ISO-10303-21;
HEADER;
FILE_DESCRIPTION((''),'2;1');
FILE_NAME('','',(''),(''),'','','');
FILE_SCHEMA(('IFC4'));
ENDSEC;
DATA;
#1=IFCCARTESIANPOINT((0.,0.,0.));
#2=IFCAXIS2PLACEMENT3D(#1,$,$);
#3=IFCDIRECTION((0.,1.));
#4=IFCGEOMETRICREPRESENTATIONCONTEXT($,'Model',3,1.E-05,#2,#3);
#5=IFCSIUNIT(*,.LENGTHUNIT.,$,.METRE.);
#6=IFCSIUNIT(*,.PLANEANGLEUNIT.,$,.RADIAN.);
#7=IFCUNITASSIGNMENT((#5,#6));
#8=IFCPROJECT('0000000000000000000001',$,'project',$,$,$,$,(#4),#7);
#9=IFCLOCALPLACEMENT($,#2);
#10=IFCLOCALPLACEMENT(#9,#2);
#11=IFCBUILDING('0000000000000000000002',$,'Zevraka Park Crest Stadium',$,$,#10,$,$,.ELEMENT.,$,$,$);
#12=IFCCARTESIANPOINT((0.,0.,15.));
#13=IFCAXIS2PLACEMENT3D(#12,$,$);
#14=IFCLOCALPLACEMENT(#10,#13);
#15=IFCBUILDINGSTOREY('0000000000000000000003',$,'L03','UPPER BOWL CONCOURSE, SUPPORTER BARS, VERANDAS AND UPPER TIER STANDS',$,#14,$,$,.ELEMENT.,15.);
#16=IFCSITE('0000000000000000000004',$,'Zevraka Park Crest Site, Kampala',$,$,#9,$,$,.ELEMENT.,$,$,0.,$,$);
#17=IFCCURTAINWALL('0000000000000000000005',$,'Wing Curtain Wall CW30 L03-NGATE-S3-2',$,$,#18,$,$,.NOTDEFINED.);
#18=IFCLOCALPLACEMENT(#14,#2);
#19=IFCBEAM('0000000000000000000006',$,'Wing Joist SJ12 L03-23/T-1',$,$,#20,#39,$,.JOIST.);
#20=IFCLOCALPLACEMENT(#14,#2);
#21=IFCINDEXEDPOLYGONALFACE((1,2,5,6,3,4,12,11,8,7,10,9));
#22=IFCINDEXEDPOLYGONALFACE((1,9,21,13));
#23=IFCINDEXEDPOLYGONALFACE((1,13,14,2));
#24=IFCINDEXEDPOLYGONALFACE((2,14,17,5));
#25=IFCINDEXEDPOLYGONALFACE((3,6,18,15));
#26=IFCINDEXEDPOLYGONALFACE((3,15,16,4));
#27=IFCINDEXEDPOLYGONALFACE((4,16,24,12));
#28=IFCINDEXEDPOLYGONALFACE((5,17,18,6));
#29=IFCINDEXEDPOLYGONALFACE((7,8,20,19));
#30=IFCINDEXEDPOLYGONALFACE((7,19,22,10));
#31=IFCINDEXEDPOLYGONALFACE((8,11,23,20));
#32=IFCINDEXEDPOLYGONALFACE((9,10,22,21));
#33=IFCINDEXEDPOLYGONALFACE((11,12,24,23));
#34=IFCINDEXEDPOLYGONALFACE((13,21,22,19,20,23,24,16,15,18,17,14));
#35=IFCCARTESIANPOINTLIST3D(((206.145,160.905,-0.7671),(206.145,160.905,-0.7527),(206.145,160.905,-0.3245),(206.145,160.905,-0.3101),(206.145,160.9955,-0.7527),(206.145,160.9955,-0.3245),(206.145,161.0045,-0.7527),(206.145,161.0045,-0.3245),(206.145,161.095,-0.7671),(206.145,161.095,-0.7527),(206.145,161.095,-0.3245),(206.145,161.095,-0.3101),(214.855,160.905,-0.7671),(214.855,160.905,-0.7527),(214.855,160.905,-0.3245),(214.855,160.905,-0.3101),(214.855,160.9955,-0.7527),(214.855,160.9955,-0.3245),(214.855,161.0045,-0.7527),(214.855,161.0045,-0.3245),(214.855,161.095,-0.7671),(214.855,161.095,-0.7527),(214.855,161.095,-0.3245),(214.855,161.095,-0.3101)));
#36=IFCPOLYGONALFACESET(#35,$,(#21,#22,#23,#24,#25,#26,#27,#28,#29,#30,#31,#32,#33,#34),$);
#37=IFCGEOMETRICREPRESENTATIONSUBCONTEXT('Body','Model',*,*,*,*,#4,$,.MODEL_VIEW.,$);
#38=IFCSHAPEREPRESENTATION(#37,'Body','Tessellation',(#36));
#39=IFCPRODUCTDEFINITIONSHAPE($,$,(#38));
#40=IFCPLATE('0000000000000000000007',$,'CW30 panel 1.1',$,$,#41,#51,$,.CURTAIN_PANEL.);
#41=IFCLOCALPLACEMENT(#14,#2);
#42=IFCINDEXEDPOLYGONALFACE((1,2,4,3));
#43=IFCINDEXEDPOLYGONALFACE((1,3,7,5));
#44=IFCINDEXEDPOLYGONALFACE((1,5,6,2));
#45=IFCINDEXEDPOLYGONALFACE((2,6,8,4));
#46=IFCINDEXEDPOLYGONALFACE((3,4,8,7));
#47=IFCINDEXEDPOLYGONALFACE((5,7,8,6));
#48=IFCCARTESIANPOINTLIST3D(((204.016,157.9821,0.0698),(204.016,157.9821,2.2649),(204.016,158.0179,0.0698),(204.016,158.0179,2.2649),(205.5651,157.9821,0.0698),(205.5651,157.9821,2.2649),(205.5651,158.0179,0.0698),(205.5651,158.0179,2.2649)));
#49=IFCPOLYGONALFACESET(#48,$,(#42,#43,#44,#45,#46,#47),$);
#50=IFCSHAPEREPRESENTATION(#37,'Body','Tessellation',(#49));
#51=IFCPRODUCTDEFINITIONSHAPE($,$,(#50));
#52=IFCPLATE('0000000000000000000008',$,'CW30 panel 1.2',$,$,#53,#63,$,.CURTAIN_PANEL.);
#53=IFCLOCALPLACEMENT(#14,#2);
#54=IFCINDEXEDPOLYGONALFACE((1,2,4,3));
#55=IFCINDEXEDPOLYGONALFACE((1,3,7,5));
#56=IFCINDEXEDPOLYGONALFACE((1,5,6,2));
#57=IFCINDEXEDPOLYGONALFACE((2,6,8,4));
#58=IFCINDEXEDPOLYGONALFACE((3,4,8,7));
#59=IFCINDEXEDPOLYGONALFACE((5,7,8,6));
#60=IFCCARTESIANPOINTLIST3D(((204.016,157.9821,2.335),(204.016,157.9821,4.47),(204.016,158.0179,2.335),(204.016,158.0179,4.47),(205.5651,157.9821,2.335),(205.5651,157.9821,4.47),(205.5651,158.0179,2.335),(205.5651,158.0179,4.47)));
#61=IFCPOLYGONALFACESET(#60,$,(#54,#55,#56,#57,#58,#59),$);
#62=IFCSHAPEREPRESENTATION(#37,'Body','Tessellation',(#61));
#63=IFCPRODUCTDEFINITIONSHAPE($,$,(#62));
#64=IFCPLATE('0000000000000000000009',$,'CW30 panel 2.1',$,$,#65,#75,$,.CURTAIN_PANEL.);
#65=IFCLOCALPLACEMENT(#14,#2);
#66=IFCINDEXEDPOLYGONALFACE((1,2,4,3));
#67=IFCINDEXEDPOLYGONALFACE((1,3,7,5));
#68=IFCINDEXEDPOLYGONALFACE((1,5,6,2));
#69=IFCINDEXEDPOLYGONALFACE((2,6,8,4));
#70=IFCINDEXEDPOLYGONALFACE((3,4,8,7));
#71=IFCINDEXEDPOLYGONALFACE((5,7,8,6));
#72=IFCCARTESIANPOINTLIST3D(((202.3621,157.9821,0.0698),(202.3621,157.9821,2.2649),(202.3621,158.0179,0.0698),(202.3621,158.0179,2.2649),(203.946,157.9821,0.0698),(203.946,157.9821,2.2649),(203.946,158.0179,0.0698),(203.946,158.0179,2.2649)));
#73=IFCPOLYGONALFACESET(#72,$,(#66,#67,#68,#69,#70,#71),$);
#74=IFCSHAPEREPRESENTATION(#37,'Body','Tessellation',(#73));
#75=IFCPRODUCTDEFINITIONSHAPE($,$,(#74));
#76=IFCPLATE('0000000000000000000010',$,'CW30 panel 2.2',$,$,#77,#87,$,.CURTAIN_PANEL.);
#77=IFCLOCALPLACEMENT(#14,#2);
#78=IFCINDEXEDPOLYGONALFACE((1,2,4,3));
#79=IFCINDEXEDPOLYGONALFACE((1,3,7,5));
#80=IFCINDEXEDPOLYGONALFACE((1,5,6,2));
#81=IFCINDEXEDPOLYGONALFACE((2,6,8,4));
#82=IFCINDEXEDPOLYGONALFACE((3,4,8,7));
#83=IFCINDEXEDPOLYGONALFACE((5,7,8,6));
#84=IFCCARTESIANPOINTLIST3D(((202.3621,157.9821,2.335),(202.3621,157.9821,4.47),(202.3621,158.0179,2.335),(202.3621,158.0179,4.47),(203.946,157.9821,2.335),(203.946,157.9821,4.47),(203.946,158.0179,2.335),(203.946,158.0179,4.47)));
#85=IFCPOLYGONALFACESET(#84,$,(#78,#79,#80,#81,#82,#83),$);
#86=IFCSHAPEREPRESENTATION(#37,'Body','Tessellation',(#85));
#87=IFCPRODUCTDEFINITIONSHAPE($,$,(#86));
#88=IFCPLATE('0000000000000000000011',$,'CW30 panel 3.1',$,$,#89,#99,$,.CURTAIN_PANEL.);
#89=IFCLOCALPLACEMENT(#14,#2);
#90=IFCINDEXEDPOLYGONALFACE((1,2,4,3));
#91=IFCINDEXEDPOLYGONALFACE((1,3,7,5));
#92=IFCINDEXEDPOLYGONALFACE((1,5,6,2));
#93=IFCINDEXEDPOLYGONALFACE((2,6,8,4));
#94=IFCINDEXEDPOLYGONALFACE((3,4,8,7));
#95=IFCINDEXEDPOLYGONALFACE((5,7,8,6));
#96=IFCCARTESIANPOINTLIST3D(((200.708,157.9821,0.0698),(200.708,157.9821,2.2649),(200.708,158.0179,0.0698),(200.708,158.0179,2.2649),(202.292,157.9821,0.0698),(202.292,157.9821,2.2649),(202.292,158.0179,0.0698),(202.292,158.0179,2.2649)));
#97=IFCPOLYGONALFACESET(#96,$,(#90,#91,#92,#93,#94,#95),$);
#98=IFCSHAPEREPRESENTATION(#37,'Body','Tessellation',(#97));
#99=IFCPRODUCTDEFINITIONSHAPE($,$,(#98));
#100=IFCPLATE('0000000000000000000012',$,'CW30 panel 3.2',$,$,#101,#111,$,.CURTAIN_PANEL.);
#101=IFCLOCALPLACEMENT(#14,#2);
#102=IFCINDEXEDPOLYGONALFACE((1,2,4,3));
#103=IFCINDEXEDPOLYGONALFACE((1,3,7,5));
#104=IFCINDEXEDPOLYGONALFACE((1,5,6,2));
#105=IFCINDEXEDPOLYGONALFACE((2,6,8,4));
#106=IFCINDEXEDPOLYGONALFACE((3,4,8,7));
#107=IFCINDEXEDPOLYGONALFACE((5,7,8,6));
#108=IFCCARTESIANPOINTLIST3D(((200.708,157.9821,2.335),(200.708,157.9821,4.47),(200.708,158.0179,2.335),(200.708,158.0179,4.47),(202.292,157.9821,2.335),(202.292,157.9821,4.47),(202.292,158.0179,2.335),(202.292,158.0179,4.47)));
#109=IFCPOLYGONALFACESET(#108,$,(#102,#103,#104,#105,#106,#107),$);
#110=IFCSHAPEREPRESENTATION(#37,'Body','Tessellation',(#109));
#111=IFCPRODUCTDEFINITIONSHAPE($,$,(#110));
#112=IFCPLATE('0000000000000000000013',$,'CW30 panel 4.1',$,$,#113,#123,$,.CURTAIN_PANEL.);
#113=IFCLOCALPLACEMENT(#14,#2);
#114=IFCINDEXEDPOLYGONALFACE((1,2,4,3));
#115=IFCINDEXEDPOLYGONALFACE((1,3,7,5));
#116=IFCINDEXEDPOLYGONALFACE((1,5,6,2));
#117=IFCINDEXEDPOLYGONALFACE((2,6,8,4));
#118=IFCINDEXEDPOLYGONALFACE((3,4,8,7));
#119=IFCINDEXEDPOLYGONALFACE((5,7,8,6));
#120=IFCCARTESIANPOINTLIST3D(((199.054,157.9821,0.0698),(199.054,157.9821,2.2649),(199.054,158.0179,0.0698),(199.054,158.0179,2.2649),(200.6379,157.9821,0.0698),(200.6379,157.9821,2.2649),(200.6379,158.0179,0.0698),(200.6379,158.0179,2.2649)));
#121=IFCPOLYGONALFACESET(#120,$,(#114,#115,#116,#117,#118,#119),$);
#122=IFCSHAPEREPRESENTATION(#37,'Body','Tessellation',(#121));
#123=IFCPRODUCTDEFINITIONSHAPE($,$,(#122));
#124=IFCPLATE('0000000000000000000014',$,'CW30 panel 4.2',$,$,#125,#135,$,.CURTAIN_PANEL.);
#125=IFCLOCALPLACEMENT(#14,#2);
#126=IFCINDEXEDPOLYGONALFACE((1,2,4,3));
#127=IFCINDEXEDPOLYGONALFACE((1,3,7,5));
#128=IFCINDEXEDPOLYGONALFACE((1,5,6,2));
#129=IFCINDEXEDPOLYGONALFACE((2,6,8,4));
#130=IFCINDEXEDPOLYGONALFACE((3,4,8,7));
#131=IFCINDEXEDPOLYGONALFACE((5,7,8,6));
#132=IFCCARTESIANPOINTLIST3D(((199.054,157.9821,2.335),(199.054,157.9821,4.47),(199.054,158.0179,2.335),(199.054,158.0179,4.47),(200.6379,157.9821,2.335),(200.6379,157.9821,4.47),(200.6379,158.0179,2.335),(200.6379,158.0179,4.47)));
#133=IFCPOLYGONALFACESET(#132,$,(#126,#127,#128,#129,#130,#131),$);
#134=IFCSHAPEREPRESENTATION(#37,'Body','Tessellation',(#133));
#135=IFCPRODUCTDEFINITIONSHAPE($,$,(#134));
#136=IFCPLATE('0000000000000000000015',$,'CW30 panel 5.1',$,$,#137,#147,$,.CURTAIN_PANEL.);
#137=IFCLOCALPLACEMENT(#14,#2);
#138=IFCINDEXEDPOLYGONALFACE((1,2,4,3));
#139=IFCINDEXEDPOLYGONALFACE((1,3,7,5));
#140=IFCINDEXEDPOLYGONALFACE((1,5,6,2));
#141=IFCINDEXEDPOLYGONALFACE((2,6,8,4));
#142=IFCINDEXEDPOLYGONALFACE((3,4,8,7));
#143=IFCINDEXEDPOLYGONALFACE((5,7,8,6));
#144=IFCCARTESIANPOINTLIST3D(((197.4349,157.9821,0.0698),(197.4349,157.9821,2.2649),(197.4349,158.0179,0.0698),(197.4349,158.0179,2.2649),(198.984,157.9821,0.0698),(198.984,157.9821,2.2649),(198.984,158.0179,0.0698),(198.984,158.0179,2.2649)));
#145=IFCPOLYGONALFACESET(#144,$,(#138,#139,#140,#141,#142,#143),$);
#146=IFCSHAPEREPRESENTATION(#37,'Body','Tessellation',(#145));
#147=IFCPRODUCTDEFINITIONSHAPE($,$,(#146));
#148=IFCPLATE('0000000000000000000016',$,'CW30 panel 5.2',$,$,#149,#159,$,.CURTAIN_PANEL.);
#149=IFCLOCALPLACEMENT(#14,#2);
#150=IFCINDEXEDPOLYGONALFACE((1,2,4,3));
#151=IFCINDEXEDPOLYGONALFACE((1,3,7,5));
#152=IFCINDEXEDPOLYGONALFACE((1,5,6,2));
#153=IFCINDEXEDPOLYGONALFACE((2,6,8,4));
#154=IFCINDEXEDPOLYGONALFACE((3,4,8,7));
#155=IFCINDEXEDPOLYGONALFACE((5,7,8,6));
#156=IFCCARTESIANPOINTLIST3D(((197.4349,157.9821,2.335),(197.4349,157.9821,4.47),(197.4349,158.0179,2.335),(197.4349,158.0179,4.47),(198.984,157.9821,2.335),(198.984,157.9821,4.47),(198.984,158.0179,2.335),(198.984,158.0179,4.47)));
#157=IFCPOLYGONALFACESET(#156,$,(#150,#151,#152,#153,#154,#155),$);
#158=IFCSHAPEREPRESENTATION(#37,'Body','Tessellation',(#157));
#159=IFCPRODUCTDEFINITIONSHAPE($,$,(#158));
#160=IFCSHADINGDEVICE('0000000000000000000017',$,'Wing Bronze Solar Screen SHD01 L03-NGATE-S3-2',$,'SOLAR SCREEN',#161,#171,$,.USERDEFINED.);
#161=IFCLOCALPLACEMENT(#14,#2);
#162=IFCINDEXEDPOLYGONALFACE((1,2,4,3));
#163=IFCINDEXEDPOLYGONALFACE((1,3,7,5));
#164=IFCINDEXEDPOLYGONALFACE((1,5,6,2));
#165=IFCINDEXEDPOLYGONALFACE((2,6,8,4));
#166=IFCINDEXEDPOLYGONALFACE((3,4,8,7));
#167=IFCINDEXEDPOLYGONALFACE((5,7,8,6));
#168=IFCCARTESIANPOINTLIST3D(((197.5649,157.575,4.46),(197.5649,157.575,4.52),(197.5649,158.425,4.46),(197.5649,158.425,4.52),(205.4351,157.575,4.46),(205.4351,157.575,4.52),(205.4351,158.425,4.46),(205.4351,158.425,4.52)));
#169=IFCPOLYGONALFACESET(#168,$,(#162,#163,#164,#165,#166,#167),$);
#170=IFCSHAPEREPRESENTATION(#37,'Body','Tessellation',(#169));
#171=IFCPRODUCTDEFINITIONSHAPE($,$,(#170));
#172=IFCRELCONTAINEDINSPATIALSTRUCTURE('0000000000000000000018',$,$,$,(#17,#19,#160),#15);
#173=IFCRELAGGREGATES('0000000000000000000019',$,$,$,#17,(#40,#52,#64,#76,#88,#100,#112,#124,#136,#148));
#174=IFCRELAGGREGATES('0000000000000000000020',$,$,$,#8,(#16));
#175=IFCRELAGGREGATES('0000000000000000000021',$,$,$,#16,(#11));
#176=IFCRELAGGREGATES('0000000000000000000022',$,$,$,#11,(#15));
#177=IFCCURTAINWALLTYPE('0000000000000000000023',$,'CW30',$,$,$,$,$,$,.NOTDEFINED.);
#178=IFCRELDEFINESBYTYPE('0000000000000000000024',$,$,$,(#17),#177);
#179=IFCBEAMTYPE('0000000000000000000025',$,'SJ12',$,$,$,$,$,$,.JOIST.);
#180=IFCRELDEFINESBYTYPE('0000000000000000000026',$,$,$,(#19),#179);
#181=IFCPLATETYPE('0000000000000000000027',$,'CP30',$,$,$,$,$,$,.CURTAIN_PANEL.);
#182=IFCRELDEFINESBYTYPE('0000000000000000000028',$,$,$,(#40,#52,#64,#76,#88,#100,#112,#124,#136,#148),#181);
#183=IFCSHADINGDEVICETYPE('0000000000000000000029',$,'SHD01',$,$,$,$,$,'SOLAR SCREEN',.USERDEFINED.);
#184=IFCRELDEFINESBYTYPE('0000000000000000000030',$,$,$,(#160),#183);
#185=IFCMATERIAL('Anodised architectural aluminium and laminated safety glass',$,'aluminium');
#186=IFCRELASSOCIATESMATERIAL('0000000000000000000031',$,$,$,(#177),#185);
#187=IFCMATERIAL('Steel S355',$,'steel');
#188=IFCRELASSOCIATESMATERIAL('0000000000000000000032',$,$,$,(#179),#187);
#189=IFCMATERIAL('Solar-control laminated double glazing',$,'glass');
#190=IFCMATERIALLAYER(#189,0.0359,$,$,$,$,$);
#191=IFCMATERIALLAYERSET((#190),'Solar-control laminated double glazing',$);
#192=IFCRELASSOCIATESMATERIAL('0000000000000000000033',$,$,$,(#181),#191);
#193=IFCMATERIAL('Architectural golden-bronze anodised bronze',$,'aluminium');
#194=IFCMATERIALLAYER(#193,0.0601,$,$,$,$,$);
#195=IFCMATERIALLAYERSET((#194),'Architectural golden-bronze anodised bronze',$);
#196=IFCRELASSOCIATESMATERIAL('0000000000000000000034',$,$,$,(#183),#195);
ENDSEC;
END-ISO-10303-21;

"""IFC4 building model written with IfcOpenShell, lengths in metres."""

from ifc_helpers import new_model, si_unit, direction, frame, origin, origin_2d, place, context, subcontext, project, spatial, rectangle, i_section, extrude, material, layer, layer_set, material_profile, profile_set, type_object, element, aggregate, save


model = new_model("IFC4")

# Units and contexts
model_context = context("Model", 3, precision=1e-05, world=origin(), true_north=direction((0.0, 1.0)))
body_context = subcontext(model_context, "Body", "Model", "MODEL_VIEW")
ifc_project = project(units=[si_unit("LENGTHUNIT", "METRE"), si_unit("PLANEANGLEUNIT", "RADIAN")], contexts=[model_context])

# Site, building, storey
site_placement = place(None, origin())
site = spatial("IfcSite", under=ifc_project, at=site_placement, Name="Zevraka Park Crest Site, Kampala", CompositionType="ELEMENT", RefElevation=0.0)
building_placement = place(site_placement, origin())
building = spatial("IfcBuilding", under=site, at=building_placement, Name="Zevraka Park Crest Stadium", CompositionType="ELEMENT")
storey_placement = place(building_placement, frame((0.0, 0.0, 15.0)))
storey = spatial("IfcBuildingStorey", under=building, at=storey_placement, Name="L03", Description="UPPER BOWL CONCOURSE, SUPPORTER BARS, VERANDAS AND UPPER TIER STANDS", CompositionType="ELEMENT", Elevation=15.0)

# Curtain wall
ifc_material_1 = material(Name="Anodised architectural aluminium and laminated safety glass", Category="aluminium")
curtain_wall_type = type_object("IfcCurtainWallType", Name="CW30", PredefinedType="NOTDEFINED", material=ifc_material_1)
curtain_wall_placement = place(storey_placement, origin())
curtain_wall = element("IfcCurtainWall", 1, at=curtain_wall_placement, inside=storey, type_object=curtain_wall_type, Name="Wing Curtain Wall CW30 L03-NGATE-S3-2", PredefinedType="NOTDEFINED")

# Beam
ifc_material_2 = material(Name="Steel S355", Category="steel")
ifc_material_profile_1 = material_profile(ifc_material_2, i_section(OverallWidth=0.1899, OverallDepth=0.457, WebThickness=0.009, FlangeThickness=0.0144, at=origin_2d()), Name="UKB 457x191x74")
ifc_profile_set_1 = profile_set([ifc_material_profile_1], Name="Steel S355")
beam_type_1 = type_object("IfcBeamType", Name="SJ12", PredefinedType="JOIST", material=ifc_profile_set_1)
beam_1_placement = place(storey_placement, frame((206.145, 161.0, -0.5386), z_axis=(1.0, 0.0, 0.0), x_axis=(0.0, 1.0, 0.0)))
element("IfcBeam", 2, at=beam_1_placement, inside=storey, type_object=beam_type_1, Name="Wing Joist SJ12 L03-23/T-1", PredefinedType="JOIST", context=body_context, shape_type="SweptSolid", body=[
    extrude(i_section(OverallWidth=0.1899, OverallDepth=0.457, WebThickness=0.009, FlangeThickness=0.0144, at=origin_2d()), origin(), (0.0, 0.0, 1.0), 8.71),
])

# Plates
ifc_material_3 = material(Name="Solar-control laminated double glazing", Category="glass")
ifc_layer_1 = layer(ifc_material_3, 0.0359)
ifc_layer_set_1 = layer_set([ifc_layer_1], Name="Solar-control laminated double glazing")
plate_type = type_object("IfcPlateType", Name="CP30", PredefinedType="CURTAIN_PANEL", material=ifc_layer_set_1)
plate_1_placement = place(storey_placement, frame((204.7905, 158.0, 0.0698), z_axis=(0.0, 0.0, 1.0), x_axis=(-1.0, 0.0, 0.0)))
plate_1 = element("IfcPlate", 3, at=plate_1_placement, type_object=plate_type, Name="CW30 panel 1.1", PredefinedType="CURTAIN_PANEL", context=body_context, shape_type="SweptSolid", body=[
    extrude(rectangle(XDim=1.5491, YDim=0.0359, at=origin_2d()), origin(), (0.0, 0.0, 1.0), 2.1951),
])
plate_2_placement = place(storey_placement, frame((204.7905, 158.0, 2.335), z_axis=(0.0, 0.0, 1.0), x_axis=(-1.0, 0.0, 0.0)))
plate_2 = element("IfcPlate", 4, at=plate_2_placement, type_object=plate_type, Name="CW30 panel 1.2", PredefinedType="CURTAIN_PANEL", context=body_context, shape_type="SweptSolid", body=[
    extrude(rectangle(XDim=1.5491, YDim=0.0359, at=origin_2d()), origin(), (0.0, 0.0, 1.0), 2.135),
])
plate_3_placement = place(storey_placement, frame((203.1541, 158.0, 0.0698), z_axis=(0.0, 0.0, 1.0), x_axis=(-1.0, 0.0, 0.0)))
plate_3 = element("IfcPlate", 5, at=plate_3_placement, type_object=plate_type, Name="CW30 panel 2.1", PredefinedType="CURTAIN_PANEL", context=body_context, shape_type="SweptSolid", body=[
    extrude(rectangle(XDim=1.584, YDim=0.0359, at=origin_2d()), origin(), (0.0, 0.0, 1.0), 2.1951),
])
plate_4_placement = place(storey_placement, frame((203.1541, 158.0, 2.335), z_axis=(0.0, 0.0, 1.0), x_axis=(-1.0, 0.0, 0.0)))
plate_4 = element("IfcPlate", 6, at=plate_4_placement, type_object=plate_type, Name="CW30 panel 2.2", PredefinedType="CURTAIN_PANEL", context=body_context, shape_type="SweptSolid", body=[
    extrude(rectangle(XDim=1.584, YDim=0.0359, at=origin_2d()), origin(), (0.0, 0.0, 1.0), 2.135),
])
plate_5_placement = place(storey_placement, frame((201.5, 158.0, 0.0698), z_axis=(0.0, 0.0, 1.0), x_axis=(-1.0, 0.0, 0.0)))
plate_5 = element("IfcPlate", 7, at=plate_5_placement, type_object=plate_type, Name="CW30 panel 3.1", PredefinedType="CURTAIN_PANEL", context=body_context, shape_type="SweptSolid", body=[
    extrude(rectangle(XDim=1.584, YDim=0.0359, at=origin_2d()), origin(), (0.0, 0.0, 1.0), 2.1951),
])
plate_6_placement = place(storey_placement, frame((201.5, 158.0, 2.335), z_axis=(0.0, 0.0, 1.0), x_axis=(-1.0, 0.0, 0.0)))
plate_6 = element("IfcPlate", 8, at=plate_6_placement, type_object=plate_type, Name="CW30 panel 3.2", PredefinedType="CURTAIN_PANEL", context=body_context, shape_type="SweptSolid", body=[
    extrude(rectangle(XDim=1.584, YDim=0.0359, at=origin_2d()), origin(), (0.0, 0.0, 1.0), 2.135),
])
plate_7_placement = place(storey_placement, frame((199.8459, 158.0, 0.0698), z_axis=(0.0, 0.0, 1.0), x_axis=(-1.0, 0.0, 0.0)))
plate_7 = element("IfcPlate", 9, at=plate_7_placement, type_object=plate_type, Name="CW30 panel 4.1", PredefinedType="CURTAIN_PANEL", context=body_context, shape_type="SweptSolid", body=[
    extrude(rectangle(XDim=1.584, YDim=0.0359, at=origin_2d()), origin(), (0.0, 0.0, 1.0), 2.1951),
])
plate_8_placement = place(storey_placement, frame((199.8459, 158.0, 2.335), z_axis=(0.0, 0.0, 1.0), x_axis=(-1.0, 0.0, 0.0)))
plate_8 = element("IfcPlate", 10, at=plate_8_placement, type_object=plate_type, Name="CW30 panel 4.2", PredefinedType="CURTAIN_PANEL", context=body_context, shape_type="SweptSolid", body=[
    extrude(rectangle(XDim=1.584, YDim=0.0359, at=origin_2d()), origin(), (0.0, 0.0, 1.0), 2.135),
])
plate_9_placement = place(storey_placement, frame((198.2095, 158.0, 0.0698), z_axis=(0.0, 0.0, 1.0), x_axis=(-1.0, 0.0, 0.0)))
plate_9 = element("IfcPlate", 11, at=plate_9_placement, type_object=plate_type, Name="CW30 panel 5.1", PredefinedType="CURTAIN_PANEL", context=body_context, shape_type="SweptSolid", body=[
    extrude(rectangle(XDim=1.5491, YDim=0.0359, at=origin_2d()), origin(), (0.0, 0.0, 1.0), 2.1951),
])
plate_10_placement = place(storey_placement, frame((198.2095, 158.0, 2.335), z_axis=(0.0, 0.0, 1.0), x_axis=(-1.0, 0.0, 0.0)))
plate_10 = element("IfcPlate", 12, at=plate_10_placement, type_object=plate_type, Name="CW30 panel 5.2", PredefinedType="CURTAIN_PANEL", context=body_context, shape_type="SweptSolid", body=[
    extrude(rectangle(XDim=1.5491, YDim=0.0359, at=origin_2d()), origin(), (0.0, 0.0, 1.0), 2.135),
])
aggregate(curtain_wall, [plate_1, plate_2, plate_3, plate_4, plate_5, plate_6, plate_7, plate_8, plate_9, plate_10])

# Shading device
ifc_material_4 = material(Name="Architectural golden-bronze anodised bronze", Category="aluminium")
ifc_layer_2 = layer(ifc_material_4, 0.0601)
ifc_layer_set_2 = layer_set([ifc_layer_2], Name="Architectural golden-bronze anodised bronze")
shading_device_type = type_object("IfcShadingDeviceType", Name="SHD01", ElementType="SOLAR SCREEN", PredefinedType="USERDEFINED", material=ifc_layer_set_2)
shading_device_placement = place(storey_placement, frame((201.5, 158.0, 4.46), z_axis=(0.0, 0.0, 1.0), x_axis=(-1.0, 0.0, 0.0)))
element("IfcShadingDevice", 13, at=shading_device_placement, inside=storey, type_object=shading_device_type, Name="Wing Bronze Solar Screen SHD01 L03-NGATE-S3-2", ObjectType="SOLAR SCREEN", PredefinedType="USERDEFINED", context=body_context, shape_type="SweptSolid", body=[
    extrude(rectangle(XDim=7.8701, YDim=0.8501, at=origin_2d()), origin(), (0.0, 0.0, 1.0), 0.0601),
])

save(model, "model.ifc")
